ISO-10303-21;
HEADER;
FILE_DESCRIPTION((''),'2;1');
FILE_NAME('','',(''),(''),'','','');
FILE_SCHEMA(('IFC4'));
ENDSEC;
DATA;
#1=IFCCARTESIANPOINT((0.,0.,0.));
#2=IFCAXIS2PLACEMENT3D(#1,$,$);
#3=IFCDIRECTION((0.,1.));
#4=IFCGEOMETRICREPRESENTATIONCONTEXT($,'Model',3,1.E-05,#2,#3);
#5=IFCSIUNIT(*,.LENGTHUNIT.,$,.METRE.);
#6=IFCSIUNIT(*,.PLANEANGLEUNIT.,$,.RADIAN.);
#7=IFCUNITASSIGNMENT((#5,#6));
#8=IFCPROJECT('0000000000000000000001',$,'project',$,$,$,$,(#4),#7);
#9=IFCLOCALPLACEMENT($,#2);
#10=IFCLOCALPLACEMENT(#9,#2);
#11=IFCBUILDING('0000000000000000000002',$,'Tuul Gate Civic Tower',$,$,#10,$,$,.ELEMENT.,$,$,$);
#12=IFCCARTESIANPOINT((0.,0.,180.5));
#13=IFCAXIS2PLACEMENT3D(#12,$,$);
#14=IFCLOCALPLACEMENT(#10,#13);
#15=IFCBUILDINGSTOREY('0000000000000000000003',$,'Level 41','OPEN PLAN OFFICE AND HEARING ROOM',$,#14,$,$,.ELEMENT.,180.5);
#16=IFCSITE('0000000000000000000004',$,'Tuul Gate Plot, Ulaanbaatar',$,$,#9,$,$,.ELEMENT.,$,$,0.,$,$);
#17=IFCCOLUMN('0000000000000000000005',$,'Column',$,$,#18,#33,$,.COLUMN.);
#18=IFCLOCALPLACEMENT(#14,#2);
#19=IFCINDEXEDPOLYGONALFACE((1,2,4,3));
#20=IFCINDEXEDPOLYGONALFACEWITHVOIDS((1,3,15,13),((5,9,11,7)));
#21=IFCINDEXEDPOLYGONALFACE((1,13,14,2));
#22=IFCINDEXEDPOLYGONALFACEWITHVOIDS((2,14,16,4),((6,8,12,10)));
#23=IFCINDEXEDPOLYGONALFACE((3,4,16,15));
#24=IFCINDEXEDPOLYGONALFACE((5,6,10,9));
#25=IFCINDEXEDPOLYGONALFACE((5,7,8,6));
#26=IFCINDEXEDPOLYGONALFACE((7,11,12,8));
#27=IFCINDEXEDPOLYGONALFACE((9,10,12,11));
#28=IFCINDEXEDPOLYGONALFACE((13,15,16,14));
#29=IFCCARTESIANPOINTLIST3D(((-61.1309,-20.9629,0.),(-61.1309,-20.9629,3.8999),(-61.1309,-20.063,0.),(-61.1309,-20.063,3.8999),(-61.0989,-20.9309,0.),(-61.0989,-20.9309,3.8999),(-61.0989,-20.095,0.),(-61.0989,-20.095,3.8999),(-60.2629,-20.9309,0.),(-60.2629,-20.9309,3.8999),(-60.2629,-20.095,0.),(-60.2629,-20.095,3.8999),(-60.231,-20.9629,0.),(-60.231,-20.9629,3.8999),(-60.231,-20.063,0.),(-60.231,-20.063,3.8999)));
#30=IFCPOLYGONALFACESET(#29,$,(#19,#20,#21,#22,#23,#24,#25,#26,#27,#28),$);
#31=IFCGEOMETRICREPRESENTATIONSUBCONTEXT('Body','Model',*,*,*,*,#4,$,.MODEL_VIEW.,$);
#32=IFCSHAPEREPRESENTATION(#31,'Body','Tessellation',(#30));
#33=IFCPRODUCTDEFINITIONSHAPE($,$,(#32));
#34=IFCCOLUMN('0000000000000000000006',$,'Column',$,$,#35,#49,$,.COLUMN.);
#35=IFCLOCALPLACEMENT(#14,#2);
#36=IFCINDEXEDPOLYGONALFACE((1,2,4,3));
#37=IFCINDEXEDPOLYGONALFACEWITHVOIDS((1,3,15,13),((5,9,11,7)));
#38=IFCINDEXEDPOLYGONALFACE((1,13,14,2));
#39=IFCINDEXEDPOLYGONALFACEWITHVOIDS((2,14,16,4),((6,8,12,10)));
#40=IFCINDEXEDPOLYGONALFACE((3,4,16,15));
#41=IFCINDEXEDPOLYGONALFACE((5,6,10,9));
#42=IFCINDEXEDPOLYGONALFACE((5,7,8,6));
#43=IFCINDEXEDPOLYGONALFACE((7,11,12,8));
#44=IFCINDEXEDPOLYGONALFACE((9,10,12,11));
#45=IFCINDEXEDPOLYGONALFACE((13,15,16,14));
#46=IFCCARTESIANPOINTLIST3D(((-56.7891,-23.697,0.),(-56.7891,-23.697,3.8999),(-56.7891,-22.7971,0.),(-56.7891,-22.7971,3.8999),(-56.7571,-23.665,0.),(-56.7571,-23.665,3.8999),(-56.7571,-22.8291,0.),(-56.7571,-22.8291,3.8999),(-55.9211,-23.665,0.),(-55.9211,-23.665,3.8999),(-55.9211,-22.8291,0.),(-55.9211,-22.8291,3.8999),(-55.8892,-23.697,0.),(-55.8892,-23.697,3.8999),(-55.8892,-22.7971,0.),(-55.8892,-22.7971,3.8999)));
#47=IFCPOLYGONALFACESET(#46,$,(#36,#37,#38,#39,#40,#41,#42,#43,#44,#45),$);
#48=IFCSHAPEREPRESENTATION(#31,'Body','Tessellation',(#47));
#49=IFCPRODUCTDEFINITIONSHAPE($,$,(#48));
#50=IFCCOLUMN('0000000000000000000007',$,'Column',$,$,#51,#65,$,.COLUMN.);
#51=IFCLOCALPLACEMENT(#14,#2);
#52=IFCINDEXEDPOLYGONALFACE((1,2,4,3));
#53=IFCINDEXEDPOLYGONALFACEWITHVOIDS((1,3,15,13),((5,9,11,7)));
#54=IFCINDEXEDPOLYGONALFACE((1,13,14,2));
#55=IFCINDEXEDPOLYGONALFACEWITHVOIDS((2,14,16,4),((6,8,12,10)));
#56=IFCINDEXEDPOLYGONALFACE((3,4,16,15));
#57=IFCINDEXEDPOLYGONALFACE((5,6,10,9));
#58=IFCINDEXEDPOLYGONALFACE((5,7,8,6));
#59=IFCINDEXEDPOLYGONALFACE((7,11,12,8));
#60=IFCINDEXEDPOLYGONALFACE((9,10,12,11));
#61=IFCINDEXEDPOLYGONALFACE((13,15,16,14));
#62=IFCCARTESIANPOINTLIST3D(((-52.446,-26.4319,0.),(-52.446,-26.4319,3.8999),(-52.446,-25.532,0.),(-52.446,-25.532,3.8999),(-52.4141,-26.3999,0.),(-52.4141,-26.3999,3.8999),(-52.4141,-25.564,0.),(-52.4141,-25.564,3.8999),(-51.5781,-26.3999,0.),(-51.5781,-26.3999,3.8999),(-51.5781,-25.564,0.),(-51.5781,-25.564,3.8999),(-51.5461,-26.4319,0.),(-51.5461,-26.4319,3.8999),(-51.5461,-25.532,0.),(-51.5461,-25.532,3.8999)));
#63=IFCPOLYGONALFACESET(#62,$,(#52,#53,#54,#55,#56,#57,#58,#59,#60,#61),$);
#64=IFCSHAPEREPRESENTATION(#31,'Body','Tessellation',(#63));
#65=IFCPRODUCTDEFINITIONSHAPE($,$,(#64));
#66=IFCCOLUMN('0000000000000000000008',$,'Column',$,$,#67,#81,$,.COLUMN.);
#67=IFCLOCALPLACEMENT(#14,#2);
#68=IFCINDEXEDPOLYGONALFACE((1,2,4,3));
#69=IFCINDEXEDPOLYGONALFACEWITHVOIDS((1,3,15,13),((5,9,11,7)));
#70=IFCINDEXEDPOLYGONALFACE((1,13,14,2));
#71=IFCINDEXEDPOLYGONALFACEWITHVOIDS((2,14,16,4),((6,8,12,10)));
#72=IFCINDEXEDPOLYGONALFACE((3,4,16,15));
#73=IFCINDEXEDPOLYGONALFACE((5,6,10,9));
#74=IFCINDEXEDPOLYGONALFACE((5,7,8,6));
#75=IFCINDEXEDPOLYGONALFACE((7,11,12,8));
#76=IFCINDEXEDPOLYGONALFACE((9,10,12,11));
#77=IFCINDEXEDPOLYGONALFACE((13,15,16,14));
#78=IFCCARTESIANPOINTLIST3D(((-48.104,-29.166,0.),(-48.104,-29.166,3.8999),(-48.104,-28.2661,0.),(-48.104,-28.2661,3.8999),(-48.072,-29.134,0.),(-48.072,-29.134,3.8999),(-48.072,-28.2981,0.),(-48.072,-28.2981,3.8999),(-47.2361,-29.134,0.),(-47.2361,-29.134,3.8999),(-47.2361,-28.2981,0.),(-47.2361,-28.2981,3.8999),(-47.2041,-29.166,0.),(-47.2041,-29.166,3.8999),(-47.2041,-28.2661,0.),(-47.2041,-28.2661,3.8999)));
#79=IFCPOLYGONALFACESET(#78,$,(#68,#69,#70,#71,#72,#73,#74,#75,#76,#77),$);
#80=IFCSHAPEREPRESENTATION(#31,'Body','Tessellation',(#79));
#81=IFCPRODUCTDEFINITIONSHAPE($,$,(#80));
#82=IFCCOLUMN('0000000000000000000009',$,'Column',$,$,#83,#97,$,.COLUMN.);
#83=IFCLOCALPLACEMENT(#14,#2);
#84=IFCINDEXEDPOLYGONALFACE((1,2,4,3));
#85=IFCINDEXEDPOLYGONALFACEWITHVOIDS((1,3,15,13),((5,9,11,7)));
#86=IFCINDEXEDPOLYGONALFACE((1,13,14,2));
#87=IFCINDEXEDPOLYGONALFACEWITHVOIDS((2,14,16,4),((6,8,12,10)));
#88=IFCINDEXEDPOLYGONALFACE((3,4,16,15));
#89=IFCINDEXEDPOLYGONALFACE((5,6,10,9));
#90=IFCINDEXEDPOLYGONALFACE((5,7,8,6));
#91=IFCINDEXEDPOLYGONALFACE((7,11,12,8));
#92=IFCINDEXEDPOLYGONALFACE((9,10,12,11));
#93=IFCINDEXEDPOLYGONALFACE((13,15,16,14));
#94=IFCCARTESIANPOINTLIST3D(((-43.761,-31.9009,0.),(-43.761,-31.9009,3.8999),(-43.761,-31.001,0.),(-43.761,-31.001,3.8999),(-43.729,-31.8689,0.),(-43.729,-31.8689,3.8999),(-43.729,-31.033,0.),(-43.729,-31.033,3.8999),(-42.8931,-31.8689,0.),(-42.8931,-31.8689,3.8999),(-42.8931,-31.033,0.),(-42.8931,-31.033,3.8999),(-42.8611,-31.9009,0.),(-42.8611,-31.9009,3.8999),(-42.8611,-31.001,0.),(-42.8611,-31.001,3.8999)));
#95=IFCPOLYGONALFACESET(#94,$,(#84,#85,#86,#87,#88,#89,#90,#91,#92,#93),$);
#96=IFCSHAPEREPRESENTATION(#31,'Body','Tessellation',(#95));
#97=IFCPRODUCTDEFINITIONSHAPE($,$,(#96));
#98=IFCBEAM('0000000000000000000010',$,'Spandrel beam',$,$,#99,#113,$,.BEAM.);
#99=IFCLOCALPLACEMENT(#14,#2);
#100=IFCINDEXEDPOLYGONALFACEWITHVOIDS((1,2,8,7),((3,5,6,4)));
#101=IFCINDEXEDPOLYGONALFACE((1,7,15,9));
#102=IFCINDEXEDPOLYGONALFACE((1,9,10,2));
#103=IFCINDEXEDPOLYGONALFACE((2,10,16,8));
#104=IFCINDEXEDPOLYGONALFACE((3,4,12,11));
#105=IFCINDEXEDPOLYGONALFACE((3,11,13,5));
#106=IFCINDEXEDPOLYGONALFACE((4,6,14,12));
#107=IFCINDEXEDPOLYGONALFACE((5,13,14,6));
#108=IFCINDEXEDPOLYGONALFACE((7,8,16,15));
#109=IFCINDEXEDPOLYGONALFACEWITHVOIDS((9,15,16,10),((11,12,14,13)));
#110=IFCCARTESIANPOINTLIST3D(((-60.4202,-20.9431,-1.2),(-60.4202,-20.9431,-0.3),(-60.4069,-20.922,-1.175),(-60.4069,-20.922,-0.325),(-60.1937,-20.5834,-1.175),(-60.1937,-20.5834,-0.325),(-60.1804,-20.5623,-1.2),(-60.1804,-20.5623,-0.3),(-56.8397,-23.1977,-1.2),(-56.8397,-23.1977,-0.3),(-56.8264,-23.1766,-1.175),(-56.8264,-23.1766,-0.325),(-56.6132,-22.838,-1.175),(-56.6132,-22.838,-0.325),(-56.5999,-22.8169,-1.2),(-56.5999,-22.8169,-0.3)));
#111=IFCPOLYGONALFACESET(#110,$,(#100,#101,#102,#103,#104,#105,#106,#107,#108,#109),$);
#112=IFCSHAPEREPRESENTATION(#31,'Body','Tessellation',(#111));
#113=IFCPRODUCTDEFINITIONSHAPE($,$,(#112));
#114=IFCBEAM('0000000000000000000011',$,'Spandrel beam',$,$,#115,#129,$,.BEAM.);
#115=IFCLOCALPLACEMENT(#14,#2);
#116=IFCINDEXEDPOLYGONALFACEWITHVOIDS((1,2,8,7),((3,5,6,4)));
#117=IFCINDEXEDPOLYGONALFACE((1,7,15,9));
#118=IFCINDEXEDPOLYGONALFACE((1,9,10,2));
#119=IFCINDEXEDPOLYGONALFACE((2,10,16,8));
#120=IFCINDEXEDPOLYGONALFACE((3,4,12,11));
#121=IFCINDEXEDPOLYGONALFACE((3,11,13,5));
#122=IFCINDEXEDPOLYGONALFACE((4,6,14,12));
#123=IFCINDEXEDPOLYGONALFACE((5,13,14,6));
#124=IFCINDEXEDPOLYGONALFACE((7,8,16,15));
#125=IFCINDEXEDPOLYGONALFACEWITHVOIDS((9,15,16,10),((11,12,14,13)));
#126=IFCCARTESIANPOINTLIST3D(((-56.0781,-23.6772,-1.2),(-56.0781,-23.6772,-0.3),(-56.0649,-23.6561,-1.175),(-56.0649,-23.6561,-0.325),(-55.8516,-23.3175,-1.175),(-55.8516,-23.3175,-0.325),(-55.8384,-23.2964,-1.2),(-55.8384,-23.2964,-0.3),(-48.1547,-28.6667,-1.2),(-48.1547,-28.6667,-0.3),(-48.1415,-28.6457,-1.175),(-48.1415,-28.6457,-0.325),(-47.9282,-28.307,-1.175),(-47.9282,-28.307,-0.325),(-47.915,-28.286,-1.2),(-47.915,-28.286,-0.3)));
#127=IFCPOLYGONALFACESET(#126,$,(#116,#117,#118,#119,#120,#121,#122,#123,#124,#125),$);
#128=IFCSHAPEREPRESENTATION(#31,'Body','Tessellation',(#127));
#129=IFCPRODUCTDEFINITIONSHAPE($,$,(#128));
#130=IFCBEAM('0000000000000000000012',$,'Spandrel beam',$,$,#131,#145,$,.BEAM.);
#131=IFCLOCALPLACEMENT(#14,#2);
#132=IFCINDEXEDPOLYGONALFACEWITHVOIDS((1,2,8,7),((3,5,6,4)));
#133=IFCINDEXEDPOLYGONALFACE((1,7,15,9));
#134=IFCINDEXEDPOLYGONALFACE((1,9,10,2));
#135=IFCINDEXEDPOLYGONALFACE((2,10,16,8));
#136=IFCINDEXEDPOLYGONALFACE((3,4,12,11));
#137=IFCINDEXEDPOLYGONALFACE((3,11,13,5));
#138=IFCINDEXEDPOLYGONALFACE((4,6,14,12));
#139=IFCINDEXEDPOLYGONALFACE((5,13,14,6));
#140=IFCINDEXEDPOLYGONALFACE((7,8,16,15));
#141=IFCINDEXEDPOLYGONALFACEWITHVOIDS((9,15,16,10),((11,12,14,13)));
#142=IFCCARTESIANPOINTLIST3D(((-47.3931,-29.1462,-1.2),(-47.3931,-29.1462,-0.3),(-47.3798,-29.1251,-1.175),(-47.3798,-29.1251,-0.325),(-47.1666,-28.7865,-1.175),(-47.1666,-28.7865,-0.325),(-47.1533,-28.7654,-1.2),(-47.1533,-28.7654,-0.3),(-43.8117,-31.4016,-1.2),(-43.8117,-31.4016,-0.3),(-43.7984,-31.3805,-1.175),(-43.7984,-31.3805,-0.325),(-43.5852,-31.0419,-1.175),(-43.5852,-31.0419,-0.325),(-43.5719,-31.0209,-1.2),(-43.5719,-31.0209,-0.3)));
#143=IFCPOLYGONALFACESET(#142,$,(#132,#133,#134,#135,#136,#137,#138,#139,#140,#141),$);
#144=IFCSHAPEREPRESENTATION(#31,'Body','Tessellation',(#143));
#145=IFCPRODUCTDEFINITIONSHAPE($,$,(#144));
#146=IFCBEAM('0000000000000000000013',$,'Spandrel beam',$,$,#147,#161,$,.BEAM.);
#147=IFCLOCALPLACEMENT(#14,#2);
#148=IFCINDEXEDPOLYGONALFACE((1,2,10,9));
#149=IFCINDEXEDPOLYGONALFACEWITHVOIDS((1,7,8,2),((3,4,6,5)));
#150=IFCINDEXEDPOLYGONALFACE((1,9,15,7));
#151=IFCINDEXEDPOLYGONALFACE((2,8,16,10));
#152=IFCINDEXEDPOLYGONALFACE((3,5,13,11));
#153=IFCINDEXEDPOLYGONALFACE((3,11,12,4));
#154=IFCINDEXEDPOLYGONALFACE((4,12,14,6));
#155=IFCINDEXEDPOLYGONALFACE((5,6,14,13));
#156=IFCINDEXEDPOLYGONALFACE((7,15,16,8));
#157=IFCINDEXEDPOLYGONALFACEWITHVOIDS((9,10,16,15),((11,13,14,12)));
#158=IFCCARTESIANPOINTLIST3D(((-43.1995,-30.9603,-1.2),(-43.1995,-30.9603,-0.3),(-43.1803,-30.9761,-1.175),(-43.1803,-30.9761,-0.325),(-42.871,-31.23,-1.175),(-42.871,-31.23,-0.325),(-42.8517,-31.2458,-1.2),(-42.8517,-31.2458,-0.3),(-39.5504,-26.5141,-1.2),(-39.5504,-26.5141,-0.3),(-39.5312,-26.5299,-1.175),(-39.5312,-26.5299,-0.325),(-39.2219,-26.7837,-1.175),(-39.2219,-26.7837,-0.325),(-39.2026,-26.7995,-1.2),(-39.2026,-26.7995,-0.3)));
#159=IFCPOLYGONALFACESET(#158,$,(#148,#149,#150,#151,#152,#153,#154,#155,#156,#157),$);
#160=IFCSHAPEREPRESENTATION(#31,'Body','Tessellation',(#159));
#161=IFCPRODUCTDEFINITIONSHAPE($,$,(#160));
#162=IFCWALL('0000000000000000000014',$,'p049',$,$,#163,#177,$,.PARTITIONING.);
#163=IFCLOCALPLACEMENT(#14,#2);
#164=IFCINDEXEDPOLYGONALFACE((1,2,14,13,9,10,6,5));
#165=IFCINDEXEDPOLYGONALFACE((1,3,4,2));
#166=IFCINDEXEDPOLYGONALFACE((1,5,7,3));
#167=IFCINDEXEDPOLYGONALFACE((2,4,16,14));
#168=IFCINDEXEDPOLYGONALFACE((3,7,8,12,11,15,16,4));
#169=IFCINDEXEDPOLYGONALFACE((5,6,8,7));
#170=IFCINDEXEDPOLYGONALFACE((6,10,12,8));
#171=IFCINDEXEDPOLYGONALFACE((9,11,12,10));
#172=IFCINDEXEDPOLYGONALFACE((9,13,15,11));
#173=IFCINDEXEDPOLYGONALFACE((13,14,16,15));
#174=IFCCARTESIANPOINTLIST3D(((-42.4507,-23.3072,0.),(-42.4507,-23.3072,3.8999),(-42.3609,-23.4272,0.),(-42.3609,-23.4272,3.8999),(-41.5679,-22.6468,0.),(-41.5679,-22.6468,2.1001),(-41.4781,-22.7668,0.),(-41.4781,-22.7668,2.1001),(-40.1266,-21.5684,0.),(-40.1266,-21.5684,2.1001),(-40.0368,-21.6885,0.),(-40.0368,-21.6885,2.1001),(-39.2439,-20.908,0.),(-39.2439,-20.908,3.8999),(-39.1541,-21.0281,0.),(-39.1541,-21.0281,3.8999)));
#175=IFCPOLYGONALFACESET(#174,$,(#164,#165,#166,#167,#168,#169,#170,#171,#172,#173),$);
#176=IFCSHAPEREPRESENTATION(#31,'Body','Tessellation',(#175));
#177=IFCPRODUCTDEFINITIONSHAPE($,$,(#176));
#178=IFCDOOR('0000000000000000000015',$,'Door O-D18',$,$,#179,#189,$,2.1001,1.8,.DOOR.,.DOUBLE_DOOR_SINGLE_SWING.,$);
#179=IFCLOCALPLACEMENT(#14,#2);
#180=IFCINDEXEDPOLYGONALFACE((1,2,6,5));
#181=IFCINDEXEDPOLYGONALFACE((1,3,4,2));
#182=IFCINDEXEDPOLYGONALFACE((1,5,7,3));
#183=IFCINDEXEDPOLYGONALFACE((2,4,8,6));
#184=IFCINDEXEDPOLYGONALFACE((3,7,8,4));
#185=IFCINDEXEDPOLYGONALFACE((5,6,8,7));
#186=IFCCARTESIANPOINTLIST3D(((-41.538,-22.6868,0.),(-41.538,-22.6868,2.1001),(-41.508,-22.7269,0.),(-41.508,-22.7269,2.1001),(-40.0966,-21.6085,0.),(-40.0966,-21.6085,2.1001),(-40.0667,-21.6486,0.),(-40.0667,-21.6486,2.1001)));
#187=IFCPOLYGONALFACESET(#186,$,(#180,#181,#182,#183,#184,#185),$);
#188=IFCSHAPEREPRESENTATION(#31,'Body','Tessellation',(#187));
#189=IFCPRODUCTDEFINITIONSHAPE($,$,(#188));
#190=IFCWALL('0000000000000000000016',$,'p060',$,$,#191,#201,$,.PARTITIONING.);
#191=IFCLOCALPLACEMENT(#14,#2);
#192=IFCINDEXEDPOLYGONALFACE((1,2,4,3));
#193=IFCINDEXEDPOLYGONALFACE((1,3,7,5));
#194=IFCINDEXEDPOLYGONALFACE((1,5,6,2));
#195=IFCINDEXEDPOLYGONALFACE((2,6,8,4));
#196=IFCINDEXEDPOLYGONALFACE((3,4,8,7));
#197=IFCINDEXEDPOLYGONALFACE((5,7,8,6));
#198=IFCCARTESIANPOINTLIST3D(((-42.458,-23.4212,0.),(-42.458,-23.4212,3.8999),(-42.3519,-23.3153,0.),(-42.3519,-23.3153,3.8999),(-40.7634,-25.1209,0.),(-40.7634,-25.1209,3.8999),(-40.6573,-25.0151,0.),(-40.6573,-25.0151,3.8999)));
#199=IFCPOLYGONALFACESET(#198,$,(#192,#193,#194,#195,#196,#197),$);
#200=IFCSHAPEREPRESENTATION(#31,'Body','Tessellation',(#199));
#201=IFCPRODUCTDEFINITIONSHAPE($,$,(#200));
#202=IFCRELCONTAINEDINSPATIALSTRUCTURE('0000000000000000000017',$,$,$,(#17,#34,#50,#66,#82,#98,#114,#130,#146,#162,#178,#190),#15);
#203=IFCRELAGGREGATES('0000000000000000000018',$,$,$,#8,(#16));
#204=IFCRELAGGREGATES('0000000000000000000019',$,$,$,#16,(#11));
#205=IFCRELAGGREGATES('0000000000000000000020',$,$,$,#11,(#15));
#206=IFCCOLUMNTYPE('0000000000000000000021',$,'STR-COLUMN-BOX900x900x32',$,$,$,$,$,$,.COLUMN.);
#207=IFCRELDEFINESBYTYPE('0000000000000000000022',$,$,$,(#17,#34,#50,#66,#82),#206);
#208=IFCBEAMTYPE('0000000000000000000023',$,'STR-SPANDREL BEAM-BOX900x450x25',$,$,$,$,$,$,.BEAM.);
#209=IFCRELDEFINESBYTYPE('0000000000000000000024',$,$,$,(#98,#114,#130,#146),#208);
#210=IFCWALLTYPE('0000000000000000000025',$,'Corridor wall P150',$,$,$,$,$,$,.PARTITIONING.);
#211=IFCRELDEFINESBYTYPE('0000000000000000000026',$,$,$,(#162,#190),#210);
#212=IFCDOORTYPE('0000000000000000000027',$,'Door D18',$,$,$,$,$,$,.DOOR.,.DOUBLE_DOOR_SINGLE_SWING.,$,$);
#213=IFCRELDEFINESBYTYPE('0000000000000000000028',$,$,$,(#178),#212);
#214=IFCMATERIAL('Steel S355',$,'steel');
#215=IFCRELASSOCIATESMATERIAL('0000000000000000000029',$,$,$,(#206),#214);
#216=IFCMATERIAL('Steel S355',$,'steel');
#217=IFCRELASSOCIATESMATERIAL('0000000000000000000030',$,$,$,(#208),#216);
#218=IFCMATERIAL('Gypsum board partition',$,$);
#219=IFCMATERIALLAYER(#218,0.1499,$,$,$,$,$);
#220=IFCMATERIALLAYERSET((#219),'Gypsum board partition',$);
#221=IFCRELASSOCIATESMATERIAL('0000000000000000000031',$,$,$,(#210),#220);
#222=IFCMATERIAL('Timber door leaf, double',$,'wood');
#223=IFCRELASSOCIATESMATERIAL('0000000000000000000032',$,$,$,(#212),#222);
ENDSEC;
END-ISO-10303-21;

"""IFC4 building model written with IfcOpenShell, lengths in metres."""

from ifc_helpers import new_model, si_unit, direction, frame, frame_2d, origin, origin_2d, place, context, subcontext, project, spatial, rectangle, hollow_rectangle, extrude, material, layer, layer_set, material_profile, profile_set, type_object, element, fill, save


model = new_model("IFC4")

# Units and contexts
model_context = context("Model", 3, precision=1e-05, world=origin(), true_north=direction((0.0, 1.0)))
body_context = subcontext(model_context, "Body", "Model", "MODEL_VIEW")
ifc_project = project(units=[si_unit("LENGTHUNIT", "METRE"), si_unit("PLANEANGLEUNIT", "RADIAN")], contexts=[model_context])

# Site, building, storey
site_placement = place(None, origin())
site = spatial("IfcSite", under=ifc_project, at=site_placement, Name="Tuul Gate Plot, Ulaanbaatar", CompositionType="ELEMENT", RefElevation=0.0)
building_placement = place(site_placement, origin())
building = spatial("IfcBuilding", under=site, at=building_placement, Name="Tuul Gate Civic Tower", CompositionType="ELEMENT")
storey_placement = place(building_placement, frame((0.0, 0.0, 180.5)))
storey = spatial("IfcBuildingStorey", under=building, at=storey_placement, Name="Level 41", Description="OPEN PLAN OFFICE AND HEARING ROOM", CompositionType="ELEMENT", Elevation=180.5)

# Columns
ifc_material_1 = material(Name="Steel S355", Category="steel")
ifc_material_profile_1 = material_profile(ifc_material_1, hollow_rectangle(XDim=0.8999, YDim=0.8999, WallThickness=0.032, at=origin_2d()), Name="BOX900x900x32")
ifc_profile_set_1 = profile_set([ifc_material_profile_1], Name="Steel S355")
column_type = type_object("IfcColumnType", Name="STR-COLUMN-BOX900x900x32", PredefinedType="COLUMN", material=ifc_profile_set_1)
for number, where, z_axis, x_axis, name in (
    (1, (-60.6809, -20.5129, 0.0), (0.0, 0.0, 1.0), (1.0, 0.0, 0.0), "Column"),
    (2, (-56.3391, -23.2471, 0.0), (0.0, 0.0, 1.0), (1.0, 0.0, 0.0), "Column"),
    (3, (-51.9961, -25.9819, 0.0), (0.0, 0.0, 1.0), (1.0, 0.0, 0.0), "Column"),
    (4, (-47.6541, -28.7161, 0.0), (0.0, 0.0, 1.0), (1.0, 0.0, 0.0), "Column"),
    (5, (-43.311, -31.4509, 0.0), (0.0, 0.0, 1.0), (1.0, 0.0, 0.0), "Column"),
):
    element("IfcColumn", number, at=place(storey_placement, frame(where, z_axis=z_axis, x_axis=x_axis)), inside=storey, type_object=column_type, Name=name, PredefinedType="COLUMN", context=body_context, shape_type="SweptSolid", body=[
        extrude(hollow_rectangle(XDim=0.8999, YDim=0.8999, WallThickness=0.032, at=origin_2d()), origin(), (0.0, 0.0, 1.0), 3.8999),
    ])

# Beams
ifc_material_2 = material(Name="Steel S355", Category="steel")
ifc_material_profile_2 = material_profile(ifc_material_2, hollow_rectangle(XDim=0.45, YDim=0.8999, WallThickness=0.0249, at=origin_2d()), Name="BOX900x450x25")
ifc_profile_set_2 = profile_set([ifc_material_profile_2], Name="Steel S355")
beam_type = type_object("IfcBeamType", Name="STR-SPANDREL BEAM-BOX900x450x25", PredefinedType="BEAM", material=ifc_profile_set_2)
beam_1_placement = place(storey_placement, frame((-60.3003, -20.7527, -0.75), z_axis=(0.846211, -0.532848, 0.0), x_axis=(0.532848, 0.846211, 0.0)))
element("IfcBeam", 6, at=beam_1_placement, inside=storey, type_object=beam_type, Name="Spandrel beam", PredefinedType="BEAM", context=body_context, shape_type="SweptSolid", body=[
    extrude(hollow_rectangle(XDim=0.45, YDim=0.8999, WallThickness=0.0249, at=origin_2d()), origin(), (0.0, 0.0, 1.0), 4.2312),
])
beam_2_placement = place(storey_placement, frame((-55.9583, -23.4868, -0.75), z_axis=(0.846198, -0.532869, 0.0), x_axis=(0.532869, 0.846198, 0.0)))
element("IfcBeam", 7, at=beam_2_placement, inside=storey, type_object=beam_type, Name="Spandrel beam", PredefinedType="BEAM", context=body_context, shape_type="SweptSolid", body=[
    extrude(hollow_rectangle(XDim=0.45, YDim=0.8999, WallThickness=0.0249, at=origin_2d()), origin(), (0.0, 0.0, 1.0), 9.3635),
])
beam_3_placement = place(storey_placement, frame((-47.2732, -28.9558, -0.75), z_axis=(0.846182, -0.532894, 0.0), x_axis=(0.532894, 0.846182, 0.0)))
element("IfcBeam", 8, at=beam_3_placement, inside=storey, type_object=beam_type, Name="Spandrel beam", PredefinedType="BEAM", context=body_context, shape_type="SweptSolid", body=[
    extrude(hollow_rectangle(XDim=0.45, YDim=0.8999, WallThickness=0.0249, at=origin_2d()), origin(), (0.0, 0.0, 1.0), 4.2324),
])
beam_4_placement = place(storey_placement, frame((-43.0256, -31.103, -0.75), z_axis=(0.634414, 0.772994, 0.0), x_axis=(-0.772994, 0.634414, 0.0)))
element("IfcBeam", 9, at=beam_4_placement, inside=storey, type_object=beam_type, Name="Spandrel beam", PredefinedType="BEAM", context=body_context, shape_type="SweptSolid", body=[
    extrude(hollow_rectangle(XDim=0.45, YDim=0.8999, WallThickness=0.0249, at=origin_2d()), origin(), (0.0, 0.0, 1.0), 5.752),
])

# Wall, opening, door
ifc_material_3 = material(Name="Gypsum board partition")
ifc_layer_1 = layer(ifc_material_3, 0.1499)
ifc_layer_set_1 = layer_set([ifc_layer_1], Name="Gypsum board partition")
wall_type_1 = type_object("IfcWallType", Name="Corridor wall P150", PredefinedType="PARTITIONING", material=ifc_layer_set_1)
wall_1_placement = place(storey_placement, frame((-42.4058, -23.3672, 0.0), z_axis=(0.0, 0.0, 1.0), x_axis=(0.800709, 0.599053, 0.0)))
wall_1 = element("IfcWall", 10, at=wall_1_placement, inside=storey, type_object=wall_type_1, Name="p049", PredefinedType="PARTITIONING", context=body_context, shape_type="SweptSolid", body=[
    extrude(rectangle(XDim=4.0049, YDim=0.1499, at=frame_2d((2.0024, 0.0))), origin(), (0.0, 0.0, 1.0), 3.8999),
])
opening_1_placement = place(wall_1_placement, frame((1.1025, 0.0, 0.0)))
opening_1 = element("IfcOpeningElement", 11, at=opening_1_placement, cuts=wall_1, PredefinedType="OPENING", context=body_context, shape_type="SweptSolid", body=[
    extrude(rectangle(XDim=1.8, YDim=2.1001, at=frame_2d((0.8999, 1.05))), frame((0.0, 0.085, 0.0), z_axis=(0.0, -1.0, 0.0), x_axis=(1.0, 0.0, 0.0)), (0.0, 0.0, 1.0), 0.1699),
])
ifc_material_4 = material(Name="Timber door leaf, double", Category="wood")
door_type = type_object("IfcDoorType", Name="Door D18", OperationType="DOUBLE_DOOR_SINGLE_SWING", PredefinedType="DOOR", material=ifc_material_4)
door_placement = place(opening_1_placement, origin())
door = element("IfcDoor", 12, at=door_placement, inside=storey, type_object=door_type, Name="Door O-D18", OperationType="DOUBLE_DOOR_SINGLE_SWING", OverallHeight=2.1001, OverallWidth=1.8, PredefinedType="DOOR", context=body_context, shape_type="SweptSolid", body=[
    extrude(rectangle(XDim=1.8, YDim=2.1001, at=frame_2d((0.8999, 1.05))), frame((0.0, 0.0249, 0.0), z_axis=(0.0, -1.0, 0.0), x_axis=(1.0, 0.0, 0.0)), (0.0, 0.0, 1.0), 0.05),
])
fill(opening_1, door)

# Wall
wall_2_placement = place(storey_placement, frame((-42.405, -23.3682, 0.0), z_axis=(0.0, 0.0, 1.0), x_axis=(0.706038, -0.708174, 0.0)))
element("IfcWall", 13, at=wall_2_placement, inside=storey, type_object=wall_type_1, Name="p060", PredefinedType="PARTITIONING", context=body_context, shape_type="SweptSolid", body=[
    extrude(rectangle(XDim=2.4001, YDim=0.1499, at=frame_2d((1.2002, 0.0))), origin(), (0.0, 0.0, 1.0), 3.8999),
])

save(model, "model.ifc")
